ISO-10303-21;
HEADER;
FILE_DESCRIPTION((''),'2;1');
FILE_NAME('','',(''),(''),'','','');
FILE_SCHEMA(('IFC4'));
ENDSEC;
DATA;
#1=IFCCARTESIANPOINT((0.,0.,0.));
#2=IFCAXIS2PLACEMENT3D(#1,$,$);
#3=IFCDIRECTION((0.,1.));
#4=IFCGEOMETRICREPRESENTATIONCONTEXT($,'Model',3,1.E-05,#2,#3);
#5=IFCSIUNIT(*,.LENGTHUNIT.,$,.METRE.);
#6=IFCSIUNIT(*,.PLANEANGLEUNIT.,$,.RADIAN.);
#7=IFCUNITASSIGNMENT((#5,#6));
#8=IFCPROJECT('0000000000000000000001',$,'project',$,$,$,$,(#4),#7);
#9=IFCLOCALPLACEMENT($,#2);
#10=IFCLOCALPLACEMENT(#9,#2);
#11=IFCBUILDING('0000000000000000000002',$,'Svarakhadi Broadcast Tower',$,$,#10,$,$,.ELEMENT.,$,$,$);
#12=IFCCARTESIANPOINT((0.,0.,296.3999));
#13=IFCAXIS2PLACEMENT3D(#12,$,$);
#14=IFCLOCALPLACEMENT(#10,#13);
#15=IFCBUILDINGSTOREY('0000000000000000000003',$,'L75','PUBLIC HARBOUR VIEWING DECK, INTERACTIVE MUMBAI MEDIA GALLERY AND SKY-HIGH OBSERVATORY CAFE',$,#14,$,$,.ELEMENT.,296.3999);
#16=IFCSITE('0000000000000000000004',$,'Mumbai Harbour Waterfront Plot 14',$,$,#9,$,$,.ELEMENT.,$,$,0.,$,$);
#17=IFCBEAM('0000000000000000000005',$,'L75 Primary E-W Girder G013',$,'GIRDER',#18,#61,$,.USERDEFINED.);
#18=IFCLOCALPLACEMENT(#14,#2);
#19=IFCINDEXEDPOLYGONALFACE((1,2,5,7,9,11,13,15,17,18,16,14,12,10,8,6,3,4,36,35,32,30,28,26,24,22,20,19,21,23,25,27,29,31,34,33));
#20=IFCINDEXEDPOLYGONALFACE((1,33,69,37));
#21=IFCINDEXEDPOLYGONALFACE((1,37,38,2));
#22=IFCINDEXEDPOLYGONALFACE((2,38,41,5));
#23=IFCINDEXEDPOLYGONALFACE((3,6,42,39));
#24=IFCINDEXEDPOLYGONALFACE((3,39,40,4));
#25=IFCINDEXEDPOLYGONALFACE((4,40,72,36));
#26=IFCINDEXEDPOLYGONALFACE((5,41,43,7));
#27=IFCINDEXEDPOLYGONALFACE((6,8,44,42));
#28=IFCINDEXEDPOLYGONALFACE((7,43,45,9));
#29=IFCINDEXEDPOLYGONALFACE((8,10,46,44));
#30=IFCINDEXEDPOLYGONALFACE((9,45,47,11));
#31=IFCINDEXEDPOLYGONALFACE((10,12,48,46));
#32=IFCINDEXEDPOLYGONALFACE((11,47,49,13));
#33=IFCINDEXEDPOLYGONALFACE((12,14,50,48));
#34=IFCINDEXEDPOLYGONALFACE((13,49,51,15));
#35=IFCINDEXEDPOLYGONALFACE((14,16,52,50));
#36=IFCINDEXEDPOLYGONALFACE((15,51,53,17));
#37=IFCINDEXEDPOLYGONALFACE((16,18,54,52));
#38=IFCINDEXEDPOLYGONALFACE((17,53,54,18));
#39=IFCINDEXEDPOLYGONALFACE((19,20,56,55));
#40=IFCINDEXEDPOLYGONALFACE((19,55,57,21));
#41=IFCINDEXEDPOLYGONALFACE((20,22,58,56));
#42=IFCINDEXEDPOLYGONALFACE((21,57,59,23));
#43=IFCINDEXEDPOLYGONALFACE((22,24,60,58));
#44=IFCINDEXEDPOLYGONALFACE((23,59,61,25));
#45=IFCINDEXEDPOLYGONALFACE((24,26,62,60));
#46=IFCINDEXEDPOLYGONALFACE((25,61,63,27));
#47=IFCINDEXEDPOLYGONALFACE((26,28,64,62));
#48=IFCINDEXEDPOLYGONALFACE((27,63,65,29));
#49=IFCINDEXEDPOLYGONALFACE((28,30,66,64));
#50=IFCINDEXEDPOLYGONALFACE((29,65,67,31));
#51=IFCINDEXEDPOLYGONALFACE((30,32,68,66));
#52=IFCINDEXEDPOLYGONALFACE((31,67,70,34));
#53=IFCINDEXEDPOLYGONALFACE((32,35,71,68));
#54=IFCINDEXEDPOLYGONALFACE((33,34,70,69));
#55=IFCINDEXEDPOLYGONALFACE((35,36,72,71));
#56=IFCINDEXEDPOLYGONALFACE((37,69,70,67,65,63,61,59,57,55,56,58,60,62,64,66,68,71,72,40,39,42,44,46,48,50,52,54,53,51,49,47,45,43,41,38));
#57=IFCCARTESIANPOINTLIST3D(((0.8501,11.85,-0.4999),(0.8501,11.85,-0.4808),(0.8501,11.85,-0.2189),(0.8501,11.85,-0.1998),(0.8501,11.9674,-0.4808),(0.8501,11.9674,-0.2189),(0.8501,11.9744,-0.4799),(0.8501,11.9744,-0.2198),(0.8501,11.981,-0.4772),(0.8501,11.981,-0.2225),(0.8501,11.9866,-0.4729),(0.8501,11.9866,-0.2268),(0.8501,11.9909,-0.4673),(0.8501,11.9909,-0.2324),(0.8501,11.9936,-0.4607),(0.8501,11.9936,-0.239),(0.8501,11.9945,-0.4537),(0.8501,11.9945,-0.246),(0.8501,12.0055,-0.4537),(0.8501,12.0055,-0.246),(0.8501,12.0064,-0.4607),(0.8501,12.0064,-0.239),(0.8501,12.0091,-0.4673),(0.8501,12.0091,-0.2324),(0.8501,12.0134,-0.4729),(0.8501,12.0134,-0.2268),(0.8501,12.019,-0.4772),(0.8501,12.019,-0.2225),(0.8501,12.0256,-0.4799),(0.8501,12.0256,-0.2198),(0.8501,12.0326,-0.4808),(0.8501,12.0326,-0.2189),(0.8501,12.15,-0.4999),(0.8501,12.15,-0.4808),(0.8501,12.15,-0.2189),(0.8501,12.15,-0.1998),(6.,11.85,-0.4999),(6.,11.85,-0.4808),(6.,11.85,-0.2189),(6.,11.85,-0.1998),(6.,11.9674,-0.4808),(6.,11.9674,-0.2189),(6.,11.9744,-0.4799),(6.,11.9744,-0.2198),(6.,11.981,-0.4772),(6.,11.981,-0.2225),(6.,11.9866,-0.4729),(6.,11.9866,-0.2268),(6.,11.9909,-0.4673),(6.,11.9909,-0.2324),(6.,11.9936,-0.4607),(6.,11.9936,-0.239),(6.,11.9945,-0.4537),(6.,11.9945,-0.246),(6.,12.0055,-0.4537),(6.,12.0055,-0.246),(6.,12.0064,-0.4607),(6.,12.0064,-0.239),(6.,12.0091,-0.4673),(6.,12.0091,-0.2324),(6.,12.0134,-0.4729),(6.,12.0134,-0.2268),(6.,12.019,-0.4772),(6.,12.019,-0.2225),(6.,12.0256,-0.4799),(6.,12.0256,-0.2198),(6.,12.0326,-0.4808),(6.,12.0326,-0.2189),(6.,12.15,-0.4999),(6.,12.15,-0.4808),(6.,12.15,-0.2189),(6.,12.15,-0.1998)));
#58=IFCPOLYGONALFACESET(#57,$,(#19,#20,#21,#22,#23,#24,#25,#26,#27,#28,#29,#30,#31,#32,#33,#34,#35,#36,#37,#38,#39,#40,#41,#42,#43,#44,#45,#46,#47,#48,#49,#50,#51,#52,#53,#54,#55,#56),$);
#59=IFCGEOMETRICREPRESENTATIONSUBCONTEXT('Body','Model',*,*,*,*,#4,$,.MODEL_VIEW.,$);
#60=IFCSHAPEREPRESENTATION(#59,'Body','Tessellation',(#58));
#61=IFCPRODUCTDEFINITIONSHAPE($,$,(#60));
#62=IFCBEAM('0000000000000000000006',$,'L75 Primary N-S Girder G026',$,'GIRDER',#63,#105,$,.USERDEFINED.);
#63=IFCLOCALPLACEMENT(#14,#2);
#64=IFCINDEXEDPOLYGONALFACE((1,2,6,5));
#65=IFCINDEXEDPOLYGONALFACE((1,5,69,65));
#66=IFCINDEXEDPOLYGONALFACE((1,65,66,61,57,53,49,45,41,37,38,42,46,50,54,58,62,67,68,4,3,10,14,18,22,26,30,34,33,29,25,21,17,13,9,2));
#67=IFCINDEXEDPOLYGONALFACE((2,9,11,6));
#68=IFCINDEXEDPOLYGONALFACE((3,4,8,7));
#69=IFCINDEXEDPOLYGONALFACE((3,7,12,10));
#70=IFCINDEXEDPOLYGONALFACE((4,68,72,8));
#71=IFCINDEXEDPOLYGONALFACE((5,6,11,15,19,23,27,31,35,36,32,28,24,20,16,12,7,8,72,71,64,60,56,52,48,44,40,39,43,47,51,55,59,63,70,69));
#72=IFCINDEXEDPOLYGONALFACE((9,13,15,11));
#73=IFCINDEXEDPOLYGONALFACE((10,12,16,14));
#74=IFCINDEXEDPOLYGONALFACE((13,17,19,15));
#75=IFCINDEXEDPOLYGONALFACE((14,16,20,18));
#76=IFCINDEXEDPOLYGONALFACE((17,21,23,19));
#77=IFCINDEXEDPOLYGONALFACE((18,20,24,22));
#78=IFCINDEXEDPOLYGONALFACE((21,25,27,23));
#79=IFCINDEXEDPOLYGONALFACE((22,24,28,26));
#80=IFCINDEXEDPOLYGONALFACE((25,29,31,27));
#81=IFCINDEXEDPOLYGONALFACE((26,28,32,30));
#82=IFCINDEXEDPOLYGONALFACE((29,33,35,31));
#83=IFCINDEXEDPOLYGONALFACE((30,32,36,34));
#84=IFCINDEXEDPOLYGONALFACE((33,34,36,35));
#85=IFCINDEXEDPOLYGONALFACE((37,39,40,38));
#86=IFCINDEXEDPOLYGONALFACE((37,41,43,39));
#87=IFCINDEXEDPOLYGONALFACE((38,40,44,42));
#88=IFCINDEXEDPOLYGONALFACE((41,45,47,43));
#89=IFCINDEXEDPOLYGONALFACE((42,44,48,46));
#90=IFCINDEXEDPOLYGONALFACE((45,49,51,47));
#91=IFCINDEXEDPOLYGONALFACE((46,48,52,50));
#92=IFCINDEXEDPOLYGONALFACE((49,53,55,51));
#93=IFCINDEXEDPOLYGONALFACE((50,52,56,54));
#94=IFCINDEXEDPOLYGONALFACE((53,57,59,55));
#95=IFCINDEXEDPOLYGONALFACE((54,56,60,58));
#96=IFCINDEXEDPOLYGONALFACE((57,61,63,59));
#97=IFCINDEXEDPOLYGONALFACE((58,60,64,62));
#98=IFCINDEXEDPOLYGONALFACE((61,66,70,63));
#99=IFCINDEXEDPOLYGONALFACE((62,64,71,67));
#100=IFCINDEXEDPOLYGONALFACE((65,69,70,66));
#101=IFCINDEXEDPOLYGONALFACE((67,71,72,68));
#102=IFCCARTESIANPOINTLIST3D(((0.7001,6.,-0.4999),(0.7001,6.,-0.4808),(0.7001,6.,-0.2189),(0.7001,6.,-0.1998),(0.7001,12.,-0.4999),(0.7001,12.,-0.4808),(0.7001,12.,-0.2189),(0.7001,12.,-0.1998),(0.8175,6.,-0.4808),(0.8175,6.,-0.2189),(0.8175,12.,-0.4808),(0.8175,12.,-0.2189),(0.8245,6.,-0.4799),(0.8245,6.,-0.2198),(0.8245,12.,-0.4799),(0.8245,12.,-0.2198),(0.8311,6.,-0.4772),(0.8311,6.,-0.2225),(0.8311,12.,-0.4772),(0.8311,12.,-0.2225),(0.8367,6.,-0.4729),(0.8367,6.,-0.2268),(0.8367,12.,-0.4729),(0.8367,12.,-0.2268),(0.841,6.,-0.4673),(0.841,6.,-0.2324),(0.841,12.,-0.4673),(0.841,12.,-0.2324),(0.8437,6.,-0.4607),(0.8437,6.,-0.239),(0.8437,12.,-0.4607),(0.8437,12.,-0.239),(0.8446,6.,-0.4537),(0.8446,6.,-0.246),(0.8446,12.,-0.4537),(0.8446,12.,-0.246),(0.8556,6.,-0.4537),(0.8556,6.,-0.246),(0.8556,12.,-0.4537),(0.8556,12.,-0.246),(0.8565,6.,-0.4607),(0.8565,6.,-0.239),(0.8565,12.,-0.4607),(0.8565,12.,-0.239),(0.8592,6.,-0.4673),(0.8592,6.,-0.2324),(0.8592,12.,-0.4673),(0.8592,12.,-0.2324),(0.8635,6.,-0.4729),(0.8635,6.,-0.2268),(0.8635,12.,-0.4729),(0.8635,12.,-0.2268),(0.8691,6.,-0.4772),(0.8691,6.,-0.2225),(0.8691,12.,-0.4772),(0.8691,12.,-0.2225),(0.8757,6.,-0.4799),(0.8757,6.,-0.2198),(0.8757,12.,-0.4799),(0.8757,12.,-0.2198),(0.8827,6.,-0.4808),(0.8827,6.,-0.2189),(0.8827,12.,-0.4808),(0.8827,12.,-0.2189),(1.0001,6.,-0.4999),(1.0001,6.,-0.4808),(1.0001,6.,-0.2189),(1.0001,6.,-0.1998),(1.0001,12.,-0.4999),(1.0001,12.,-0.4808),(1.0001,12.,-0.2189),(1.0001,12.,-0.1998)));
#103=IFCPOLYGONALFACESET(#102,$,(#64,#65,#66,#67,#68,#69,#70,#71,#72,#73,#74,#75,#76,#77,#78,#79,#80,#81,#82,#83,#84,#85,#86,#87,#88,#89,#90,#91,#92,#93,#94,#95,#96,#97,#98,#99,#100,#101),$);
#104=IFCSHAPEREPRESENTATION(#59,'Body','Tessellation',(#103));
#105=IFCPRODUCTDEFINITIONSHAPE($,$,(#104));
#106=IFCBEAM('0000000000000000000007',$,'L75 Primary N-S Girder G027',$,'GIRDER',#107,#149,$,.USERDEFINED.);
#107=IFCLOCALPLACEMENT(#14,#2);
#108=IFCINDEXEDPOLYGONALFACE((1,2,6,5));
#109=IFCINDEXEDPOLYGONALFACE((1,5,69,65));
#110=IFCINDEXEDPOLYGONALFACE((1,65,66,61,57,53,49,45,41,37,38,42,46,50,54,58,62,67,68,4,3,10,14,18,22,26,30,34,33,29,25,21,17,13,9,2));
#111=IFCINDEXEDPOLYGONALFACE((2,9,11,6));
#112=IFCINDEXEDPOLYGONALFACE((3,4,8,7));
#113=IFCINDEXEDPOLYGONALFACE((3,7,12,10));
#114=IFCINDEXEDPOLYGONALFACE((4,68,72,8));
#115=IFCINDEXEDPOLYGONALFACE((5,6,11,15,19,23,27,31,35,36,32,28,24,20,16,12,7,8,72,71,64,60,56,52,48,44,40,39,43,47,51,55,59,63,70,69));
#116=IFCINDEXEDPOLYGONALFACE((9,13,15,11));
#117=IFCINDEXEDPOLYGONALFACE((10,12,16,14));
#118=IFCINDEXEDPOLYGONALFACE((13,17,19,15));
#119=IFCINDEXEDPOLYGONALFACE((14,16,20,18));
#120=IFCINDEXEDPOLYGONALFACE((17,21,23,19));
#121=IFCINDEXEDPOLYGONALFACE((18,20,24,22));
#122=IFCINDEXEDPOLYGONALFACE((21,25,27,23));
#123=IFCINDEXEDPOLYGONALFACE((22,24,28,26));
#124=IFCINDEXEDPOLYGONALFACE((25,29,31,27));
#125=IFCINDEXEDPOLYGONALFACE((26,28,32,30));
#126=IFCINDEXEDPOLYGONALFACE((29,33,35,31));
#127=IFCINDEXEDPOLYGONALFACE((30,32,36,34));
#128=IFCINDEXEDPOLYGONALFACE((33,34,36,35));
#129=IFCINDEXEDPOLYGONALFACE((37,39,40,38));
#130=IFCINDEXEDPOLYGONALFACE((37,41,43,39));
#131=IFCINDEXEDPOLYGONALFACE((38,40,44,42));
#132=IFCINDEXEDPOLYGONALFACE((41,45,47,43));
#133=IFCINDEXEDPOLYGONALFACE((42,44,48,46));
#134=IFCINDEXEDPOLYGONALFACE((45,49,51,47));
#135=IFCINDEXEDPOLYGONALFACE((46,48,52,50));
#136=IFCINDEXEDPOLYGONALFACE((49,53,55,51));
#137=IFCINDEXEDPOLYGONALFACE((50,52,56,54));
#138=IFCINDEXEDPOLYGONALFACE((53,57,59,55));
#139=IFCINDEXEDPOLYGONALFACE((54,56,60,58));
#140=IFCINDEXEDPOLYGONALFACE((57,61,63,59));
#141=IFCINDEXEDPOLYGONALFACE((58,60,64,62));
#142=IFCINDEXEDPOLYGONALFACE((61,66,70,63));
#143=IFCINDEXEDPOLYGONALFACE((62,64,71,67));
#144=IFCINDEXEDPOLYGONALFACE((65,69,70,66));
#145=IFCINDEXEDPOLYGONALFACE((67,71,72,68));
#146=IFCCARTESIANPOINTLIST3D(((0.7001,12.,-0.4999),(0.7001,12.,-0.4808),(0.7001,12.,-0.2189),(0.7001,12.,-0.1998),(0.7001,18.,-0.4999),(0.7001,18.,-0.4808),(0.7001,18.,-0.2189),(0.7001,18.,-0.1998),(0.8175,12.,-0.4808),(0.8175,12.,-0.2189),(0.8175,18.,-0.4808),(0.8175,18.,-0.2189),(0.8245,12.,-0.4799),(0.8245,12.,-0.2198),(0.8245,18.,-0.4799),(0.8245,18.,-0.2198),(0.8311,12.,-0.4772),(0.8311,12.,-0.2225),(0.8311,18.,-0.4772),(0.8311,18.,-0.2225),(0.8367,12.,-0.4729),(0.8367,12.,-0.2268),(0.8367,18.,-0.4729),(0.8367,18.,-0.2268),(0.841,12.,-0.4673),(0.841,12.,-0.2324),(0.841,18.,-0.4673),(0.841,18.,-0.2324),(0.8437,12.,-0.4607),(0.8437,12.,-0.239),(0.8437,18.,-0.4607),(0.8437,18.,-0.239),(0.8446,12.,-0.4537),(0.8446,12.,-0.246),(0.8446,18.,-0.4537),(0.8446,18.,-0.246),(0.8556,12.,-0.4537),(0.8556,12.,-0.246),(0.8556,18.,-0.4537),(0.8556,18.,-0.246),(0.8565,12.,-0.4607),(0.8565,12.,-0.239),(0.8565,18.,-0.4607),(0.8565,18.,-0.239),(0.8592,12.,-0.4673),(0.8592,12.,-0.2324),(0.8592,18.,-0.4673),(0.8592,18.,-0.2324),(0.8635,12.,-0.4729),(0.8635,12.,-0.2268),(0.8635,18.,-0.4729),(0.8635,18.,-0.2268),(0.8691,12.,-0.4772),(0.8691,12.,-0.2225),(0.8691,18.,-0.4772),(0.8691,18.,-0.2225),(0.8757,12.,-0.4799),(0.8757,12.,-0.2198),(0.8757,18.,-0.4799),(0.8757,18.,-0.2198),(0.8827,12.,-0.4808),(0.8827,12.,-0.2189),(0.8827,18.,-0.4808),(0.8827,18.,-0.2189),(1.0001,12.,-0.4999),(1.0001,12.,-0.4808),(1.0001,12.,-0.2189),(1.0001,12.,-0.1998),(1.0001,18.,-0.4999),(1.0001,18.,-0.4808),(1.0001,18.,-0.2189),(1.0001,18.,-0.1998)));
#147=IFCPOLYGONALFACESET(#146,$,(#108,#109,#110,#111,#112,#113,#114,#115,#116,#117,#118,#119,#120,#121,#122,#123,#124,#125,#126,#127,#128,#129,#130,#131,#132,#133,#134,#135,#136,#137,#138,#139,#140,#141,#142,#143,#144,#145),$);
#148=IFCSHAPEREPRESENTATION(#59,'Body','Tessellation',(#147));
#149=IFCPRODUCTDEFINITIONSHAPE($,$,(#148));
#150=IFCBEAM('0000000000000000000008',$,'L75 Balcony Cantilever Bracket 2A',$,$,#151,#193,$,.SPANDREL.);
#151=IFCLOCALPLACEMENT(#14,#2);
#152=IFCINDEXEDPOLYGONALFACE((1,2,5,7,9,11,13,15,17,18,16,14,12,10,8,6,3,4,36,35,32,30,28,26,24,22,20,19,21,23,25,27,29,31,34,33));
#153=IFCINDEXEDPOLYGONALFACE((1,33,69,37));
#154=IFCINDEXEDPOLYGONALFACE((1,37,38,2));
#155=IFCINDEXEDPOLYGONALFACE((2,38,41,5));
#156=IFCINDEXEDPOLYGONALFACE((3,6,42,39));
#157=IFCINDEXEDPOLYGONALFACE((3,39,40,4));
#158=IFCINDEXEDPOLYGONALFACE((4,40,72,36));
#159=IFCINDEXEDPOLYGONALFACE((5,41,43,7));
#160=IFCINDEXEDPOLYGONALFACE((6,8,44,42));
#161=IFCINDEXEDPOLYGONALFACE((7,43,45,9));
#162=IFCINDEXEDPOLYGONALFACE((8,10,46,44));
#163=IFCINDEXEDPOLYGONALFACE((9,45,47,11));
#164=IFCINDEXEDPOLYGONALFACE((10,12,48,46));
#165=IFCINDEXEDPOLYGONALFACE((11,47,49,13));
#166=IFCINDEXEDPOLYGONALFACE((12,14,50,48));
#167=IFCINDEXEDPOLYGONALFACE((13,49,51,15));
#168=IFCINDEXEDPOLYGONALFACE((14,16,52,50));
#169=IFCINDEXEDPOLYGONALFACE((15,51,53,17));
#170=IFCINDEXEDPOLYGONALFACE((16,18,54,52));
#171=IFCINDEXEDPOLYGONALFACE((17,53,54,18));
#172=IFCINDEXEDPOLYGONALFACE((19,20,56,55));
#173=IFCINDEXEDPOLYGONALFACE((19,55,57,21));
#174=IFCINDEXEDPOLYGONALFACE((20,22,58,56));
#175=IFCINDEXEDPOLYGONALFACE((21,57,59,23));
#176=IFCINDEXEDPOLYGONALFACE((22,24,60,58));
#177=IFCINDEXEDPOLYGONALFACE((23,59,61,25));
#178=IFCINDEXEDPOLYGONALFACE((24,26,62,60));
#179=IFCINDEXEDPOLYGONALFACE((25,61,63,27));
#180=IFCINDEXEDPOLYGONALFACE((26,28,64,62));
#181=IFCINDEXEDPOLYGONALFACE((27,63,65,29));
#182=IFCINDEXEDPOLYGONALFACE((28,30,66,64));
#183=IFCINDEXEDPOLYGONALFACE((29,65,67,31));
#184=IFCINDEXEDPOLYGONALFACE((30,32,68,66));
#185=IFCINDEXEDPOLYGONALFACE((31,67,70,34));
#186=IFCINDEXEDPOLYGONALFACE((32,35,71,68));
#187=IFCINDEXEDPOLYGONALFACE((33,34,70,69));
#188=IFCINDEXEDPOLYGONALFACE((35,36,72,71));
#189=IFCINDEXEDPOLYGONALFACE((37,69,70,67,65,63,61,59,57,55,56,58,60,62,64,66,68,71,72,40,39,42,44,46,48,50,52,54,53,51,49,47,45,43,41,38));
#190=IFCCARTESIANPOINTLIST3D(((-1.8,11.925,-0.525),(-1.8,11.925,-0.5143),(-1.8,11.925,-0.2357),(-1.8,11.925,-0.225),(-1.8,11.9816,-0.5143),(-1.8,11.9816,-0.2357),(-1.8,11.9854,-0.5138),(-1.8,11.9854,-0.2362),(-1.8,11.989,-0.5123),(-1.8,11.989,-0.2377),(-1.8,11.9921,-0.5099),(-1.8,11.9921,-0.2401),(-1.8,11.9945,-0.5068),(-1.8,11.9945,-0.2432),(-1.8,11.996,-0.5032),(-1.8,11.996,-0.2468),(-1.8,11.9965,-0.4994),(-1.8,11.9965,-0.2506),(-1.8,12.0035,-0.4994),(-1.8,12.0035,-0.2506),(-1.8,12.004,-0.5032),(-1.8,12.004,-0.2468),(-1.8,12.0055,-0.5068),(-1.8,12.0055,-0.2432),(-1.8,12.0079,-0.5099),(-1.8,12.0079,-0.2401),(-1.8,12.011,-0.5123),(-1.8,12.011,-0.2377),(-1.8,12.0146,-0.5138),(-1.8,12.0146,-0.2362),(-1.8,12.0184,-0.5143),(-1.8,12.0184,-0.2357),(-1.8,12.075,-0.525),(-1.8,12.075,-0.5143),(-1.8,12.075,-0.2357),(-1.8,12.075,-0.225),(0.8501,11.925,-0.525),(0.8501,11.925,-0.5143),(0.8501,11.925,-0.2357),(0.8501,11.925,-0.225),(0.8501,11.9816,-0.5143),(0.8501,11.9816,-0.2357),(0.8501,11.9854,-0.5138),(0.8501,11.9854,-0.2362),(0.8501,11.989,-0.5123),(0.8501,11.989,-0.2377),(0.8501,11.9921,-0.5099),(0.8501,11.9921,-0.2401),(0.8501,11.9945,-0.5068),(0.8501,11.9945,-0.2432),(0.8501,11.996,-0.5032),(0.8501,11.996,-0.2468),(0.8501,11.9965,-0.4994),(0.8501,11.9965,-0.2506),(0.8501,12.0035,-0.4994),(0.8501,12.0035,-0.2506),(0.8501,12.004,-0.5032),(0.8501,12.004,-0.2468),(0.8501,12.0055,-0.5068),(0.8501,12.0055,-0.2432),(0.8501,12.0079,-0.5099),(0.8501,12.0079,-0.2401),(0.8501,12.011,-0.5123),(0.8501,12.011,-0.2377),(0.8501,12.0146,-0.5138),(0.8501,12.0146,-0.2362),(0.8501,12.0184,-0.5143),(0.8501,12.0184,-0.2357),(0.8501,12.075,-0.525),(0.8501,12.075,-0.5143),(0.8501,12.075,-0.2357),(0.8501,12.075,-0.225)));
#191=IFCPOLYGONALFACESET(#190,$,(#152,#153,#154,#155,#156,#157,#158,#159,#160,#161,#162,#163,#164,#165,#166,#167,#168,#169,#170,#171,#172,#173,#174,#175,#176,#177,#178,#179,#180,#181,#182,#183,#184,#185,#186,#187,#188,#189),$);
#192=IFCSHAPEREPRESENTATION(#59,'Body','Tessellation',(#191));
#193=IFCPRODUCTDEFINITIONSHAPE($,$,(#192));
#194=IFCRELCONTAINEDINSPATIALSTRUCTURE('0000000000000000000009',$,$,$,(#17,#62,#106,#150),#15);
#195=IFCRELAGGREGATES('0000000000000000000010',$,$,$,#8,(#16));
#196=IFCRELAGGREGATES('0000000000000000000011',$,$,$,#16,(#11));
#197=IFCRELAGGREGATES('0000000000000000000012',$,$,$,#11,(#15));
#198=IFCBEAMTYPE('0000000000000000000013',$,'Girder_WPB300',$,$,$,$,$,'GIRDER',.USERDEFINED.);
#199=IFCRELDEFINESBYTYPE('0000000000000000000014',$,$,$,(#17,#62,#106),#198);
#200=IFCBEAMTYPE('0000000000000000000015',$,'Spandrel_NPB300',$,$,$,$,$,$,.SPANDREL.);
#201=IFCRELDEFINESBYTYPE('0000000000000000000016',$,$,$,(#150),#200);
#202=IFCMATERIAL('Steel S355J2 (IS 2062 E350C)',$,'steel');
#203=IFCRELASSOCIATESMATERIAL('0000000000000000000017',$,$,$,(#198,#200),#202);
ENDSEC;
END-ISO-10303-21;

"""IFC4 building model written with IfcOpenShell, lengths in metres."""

from ifc_helpers import new_model, si_unit, direction, frame, origin, origin_2d, place, context, subcontext, project, spatial, i_section, extrude, material, material_profile, profile_set, type_object, element, save


model = new_model("IFC4")

# Units and contexts
model_context = context("Model", 3, precision=1e-05, world=origin(), true_north=direction((0.0, 1.0)))
body_context = subcontext(model_context, "Body", "Model", "MODEL_VIEW")
ifc_project = project(units=[si_unit("LENGTHUNIT", "METRE"), si_unit("PLANEANGLEUNIT", "RADIAN")], contexts=[model_context])

# Site, building, storey
site_placement = place(None, origin())
site = spatial("IfcSite", under=ifc_project, at=site_placement, Name="Mumbai Harbour Waterfront Plot 14", CompositionType="ELEMENT", RefElevation=0.0)
building_placement = place(site_placement, origin())
building = spatial("IfcBuilding", under=site, at=building_placement, Name="Svarakhadi Broadcast Tower", CompositionType="ELEMENT")
storey_placement = place(building_placement, frame((0.0, 0.0, 296.3999)))
storey = spatial("IfcBuildingStorey", under=building, at=storey_placement, Name="L75", Description="PUBLIC HARBOUR VIEWING DECK, INTERACTIVE MUMBAI MEDIA GALLERY AND SKY-HIGH OBSERVATORY CAFE", CompositionType="ELEMENT", Elevation=296.3999)

# Shared definitions
ifc_material_1 = material(Name="Steel S355J2 (IS 2062 E350C)", Category="steel")

# Beams
ifc_material_profile_1 = material_profile(ifc_material_1, i_section(OverallWidth=0.3, OverallDepth=0.3, WebThickness=0.011, FlangeThickness=0.019, FilletRadius=0.0271, at=origin_2d()), Name="WPB 300x300x117")
ifc_profile_set_1 = profile_set([ifc_material_profile_1], Name="Steel S355J2 (IS 2062 E350C)")
beam_type_1 = type_object("IfcBeamType", Name="Girder_WPB300", ElementType="GIRDER", PredefinedType="USERDEFINED", material=ifc_profile_set_1)
for number, where, z_axis, x_axis, name in (
    (1, (0.8501, 12.0, -0.3499), (1.0, 0.0, 0.0), (0.0, 1.0, 0.0), "L75 Primary E-W Girder G013"),
):
    element("IfcBeam", number, at=place(storey_placement, frame(where, z_axis=z_axis, x_axis=x_axis)), inside=storey, type_object=beam_type_1, Name=name, ObjectType="GIRDER", PredefinedType="USERDEFINED", context=body_context, shape_type="SweptSolid", body=[
        extrude(i_section(OverallWidth=0.3, OverallDepth=0.3, WebThickness=0.011, FlangeThickness=0.019, FilletRadius=0.0271, at=origin_2d()), origin(), (0.0, 0.0, 1.0), 5.1499),
    ])
for number, where, z_axis, x_axis, name in (
    (2, (0.8501, 6.0, -0.3499), (0.0, 1.0, 0.0), (-1.0, 0.0, 0.0), "L75 Primary N-S Girder G026"),
    (3, (0.8501, 12.0, -0.3499), (0.0, 1.0, 0.0), (-1.0, 0.0, 0.0), "L75 Primary N-S Girder G027"),
):
    element("IfcBeam", number, at=place(storey_placement, frame(where, z_axis=z_axis, x_axis=x_axis)), inside=storey, type_object=beam_type_1, Name=name, ObjectType="GIRDER", PredefinedType="USERDEFINED", context=body_context, shape_type="SweptSolid", body=[
        extrude(i_section(OverallWidth=0.3, OverallDepth=0.3, WebThickness=0.011, FlangeThickness=0.019, FilletRadius=0.0271, at=origin_2d()), origin(), (0.0, 0.0, 1.0), 6.0),
    ])
ifc_material_profile_2 = material_profile(ifc_material_1, i_section(OverallWidth=0.1499, OverallDepth=0.3, WebThickness=0.0071, FlangeThickness=0.0107, FilletRadius=0.0149, at=origin_2d()), Name="NPB 300x150x37")
ifc_profile_set_2 = profile_set([ifc_material_profile_2], Name="Steel S355J2 (IS 2062 E350C)")
beam_type_2 = type_object("IfcBeamType", Name="Spandrel_NPB300", PredefinedType="SPANDREL", material=ifc_profile_set_2)
beam_1_placement = place(storey_placement, frame((0.8501, 12.0, -0.375), z_axis=(-1.0, 0.0, 0.0), x_axis=(0.0, -1.0, 0.0)))
element("IfcBeam", 4, at=beam_1_placement, inside=storey, type_object=beam_type_2, Name="L75 Balcony Cantilever Bracket 2A", PredefinedType="SPANDREL", context=body_context, shape_type="SweptSolid", body=[
    extrude(i_section(OverallWidth=0.1499, OverallDepth=0.3, WebThickness=0.0071, FlangeThickness=0.0107, FilletRadius=0.0149, at=origin_2d()), origin(), (0.0, 0.0, 1.0), 2.6501),
])

save(model, "model.ifc")
